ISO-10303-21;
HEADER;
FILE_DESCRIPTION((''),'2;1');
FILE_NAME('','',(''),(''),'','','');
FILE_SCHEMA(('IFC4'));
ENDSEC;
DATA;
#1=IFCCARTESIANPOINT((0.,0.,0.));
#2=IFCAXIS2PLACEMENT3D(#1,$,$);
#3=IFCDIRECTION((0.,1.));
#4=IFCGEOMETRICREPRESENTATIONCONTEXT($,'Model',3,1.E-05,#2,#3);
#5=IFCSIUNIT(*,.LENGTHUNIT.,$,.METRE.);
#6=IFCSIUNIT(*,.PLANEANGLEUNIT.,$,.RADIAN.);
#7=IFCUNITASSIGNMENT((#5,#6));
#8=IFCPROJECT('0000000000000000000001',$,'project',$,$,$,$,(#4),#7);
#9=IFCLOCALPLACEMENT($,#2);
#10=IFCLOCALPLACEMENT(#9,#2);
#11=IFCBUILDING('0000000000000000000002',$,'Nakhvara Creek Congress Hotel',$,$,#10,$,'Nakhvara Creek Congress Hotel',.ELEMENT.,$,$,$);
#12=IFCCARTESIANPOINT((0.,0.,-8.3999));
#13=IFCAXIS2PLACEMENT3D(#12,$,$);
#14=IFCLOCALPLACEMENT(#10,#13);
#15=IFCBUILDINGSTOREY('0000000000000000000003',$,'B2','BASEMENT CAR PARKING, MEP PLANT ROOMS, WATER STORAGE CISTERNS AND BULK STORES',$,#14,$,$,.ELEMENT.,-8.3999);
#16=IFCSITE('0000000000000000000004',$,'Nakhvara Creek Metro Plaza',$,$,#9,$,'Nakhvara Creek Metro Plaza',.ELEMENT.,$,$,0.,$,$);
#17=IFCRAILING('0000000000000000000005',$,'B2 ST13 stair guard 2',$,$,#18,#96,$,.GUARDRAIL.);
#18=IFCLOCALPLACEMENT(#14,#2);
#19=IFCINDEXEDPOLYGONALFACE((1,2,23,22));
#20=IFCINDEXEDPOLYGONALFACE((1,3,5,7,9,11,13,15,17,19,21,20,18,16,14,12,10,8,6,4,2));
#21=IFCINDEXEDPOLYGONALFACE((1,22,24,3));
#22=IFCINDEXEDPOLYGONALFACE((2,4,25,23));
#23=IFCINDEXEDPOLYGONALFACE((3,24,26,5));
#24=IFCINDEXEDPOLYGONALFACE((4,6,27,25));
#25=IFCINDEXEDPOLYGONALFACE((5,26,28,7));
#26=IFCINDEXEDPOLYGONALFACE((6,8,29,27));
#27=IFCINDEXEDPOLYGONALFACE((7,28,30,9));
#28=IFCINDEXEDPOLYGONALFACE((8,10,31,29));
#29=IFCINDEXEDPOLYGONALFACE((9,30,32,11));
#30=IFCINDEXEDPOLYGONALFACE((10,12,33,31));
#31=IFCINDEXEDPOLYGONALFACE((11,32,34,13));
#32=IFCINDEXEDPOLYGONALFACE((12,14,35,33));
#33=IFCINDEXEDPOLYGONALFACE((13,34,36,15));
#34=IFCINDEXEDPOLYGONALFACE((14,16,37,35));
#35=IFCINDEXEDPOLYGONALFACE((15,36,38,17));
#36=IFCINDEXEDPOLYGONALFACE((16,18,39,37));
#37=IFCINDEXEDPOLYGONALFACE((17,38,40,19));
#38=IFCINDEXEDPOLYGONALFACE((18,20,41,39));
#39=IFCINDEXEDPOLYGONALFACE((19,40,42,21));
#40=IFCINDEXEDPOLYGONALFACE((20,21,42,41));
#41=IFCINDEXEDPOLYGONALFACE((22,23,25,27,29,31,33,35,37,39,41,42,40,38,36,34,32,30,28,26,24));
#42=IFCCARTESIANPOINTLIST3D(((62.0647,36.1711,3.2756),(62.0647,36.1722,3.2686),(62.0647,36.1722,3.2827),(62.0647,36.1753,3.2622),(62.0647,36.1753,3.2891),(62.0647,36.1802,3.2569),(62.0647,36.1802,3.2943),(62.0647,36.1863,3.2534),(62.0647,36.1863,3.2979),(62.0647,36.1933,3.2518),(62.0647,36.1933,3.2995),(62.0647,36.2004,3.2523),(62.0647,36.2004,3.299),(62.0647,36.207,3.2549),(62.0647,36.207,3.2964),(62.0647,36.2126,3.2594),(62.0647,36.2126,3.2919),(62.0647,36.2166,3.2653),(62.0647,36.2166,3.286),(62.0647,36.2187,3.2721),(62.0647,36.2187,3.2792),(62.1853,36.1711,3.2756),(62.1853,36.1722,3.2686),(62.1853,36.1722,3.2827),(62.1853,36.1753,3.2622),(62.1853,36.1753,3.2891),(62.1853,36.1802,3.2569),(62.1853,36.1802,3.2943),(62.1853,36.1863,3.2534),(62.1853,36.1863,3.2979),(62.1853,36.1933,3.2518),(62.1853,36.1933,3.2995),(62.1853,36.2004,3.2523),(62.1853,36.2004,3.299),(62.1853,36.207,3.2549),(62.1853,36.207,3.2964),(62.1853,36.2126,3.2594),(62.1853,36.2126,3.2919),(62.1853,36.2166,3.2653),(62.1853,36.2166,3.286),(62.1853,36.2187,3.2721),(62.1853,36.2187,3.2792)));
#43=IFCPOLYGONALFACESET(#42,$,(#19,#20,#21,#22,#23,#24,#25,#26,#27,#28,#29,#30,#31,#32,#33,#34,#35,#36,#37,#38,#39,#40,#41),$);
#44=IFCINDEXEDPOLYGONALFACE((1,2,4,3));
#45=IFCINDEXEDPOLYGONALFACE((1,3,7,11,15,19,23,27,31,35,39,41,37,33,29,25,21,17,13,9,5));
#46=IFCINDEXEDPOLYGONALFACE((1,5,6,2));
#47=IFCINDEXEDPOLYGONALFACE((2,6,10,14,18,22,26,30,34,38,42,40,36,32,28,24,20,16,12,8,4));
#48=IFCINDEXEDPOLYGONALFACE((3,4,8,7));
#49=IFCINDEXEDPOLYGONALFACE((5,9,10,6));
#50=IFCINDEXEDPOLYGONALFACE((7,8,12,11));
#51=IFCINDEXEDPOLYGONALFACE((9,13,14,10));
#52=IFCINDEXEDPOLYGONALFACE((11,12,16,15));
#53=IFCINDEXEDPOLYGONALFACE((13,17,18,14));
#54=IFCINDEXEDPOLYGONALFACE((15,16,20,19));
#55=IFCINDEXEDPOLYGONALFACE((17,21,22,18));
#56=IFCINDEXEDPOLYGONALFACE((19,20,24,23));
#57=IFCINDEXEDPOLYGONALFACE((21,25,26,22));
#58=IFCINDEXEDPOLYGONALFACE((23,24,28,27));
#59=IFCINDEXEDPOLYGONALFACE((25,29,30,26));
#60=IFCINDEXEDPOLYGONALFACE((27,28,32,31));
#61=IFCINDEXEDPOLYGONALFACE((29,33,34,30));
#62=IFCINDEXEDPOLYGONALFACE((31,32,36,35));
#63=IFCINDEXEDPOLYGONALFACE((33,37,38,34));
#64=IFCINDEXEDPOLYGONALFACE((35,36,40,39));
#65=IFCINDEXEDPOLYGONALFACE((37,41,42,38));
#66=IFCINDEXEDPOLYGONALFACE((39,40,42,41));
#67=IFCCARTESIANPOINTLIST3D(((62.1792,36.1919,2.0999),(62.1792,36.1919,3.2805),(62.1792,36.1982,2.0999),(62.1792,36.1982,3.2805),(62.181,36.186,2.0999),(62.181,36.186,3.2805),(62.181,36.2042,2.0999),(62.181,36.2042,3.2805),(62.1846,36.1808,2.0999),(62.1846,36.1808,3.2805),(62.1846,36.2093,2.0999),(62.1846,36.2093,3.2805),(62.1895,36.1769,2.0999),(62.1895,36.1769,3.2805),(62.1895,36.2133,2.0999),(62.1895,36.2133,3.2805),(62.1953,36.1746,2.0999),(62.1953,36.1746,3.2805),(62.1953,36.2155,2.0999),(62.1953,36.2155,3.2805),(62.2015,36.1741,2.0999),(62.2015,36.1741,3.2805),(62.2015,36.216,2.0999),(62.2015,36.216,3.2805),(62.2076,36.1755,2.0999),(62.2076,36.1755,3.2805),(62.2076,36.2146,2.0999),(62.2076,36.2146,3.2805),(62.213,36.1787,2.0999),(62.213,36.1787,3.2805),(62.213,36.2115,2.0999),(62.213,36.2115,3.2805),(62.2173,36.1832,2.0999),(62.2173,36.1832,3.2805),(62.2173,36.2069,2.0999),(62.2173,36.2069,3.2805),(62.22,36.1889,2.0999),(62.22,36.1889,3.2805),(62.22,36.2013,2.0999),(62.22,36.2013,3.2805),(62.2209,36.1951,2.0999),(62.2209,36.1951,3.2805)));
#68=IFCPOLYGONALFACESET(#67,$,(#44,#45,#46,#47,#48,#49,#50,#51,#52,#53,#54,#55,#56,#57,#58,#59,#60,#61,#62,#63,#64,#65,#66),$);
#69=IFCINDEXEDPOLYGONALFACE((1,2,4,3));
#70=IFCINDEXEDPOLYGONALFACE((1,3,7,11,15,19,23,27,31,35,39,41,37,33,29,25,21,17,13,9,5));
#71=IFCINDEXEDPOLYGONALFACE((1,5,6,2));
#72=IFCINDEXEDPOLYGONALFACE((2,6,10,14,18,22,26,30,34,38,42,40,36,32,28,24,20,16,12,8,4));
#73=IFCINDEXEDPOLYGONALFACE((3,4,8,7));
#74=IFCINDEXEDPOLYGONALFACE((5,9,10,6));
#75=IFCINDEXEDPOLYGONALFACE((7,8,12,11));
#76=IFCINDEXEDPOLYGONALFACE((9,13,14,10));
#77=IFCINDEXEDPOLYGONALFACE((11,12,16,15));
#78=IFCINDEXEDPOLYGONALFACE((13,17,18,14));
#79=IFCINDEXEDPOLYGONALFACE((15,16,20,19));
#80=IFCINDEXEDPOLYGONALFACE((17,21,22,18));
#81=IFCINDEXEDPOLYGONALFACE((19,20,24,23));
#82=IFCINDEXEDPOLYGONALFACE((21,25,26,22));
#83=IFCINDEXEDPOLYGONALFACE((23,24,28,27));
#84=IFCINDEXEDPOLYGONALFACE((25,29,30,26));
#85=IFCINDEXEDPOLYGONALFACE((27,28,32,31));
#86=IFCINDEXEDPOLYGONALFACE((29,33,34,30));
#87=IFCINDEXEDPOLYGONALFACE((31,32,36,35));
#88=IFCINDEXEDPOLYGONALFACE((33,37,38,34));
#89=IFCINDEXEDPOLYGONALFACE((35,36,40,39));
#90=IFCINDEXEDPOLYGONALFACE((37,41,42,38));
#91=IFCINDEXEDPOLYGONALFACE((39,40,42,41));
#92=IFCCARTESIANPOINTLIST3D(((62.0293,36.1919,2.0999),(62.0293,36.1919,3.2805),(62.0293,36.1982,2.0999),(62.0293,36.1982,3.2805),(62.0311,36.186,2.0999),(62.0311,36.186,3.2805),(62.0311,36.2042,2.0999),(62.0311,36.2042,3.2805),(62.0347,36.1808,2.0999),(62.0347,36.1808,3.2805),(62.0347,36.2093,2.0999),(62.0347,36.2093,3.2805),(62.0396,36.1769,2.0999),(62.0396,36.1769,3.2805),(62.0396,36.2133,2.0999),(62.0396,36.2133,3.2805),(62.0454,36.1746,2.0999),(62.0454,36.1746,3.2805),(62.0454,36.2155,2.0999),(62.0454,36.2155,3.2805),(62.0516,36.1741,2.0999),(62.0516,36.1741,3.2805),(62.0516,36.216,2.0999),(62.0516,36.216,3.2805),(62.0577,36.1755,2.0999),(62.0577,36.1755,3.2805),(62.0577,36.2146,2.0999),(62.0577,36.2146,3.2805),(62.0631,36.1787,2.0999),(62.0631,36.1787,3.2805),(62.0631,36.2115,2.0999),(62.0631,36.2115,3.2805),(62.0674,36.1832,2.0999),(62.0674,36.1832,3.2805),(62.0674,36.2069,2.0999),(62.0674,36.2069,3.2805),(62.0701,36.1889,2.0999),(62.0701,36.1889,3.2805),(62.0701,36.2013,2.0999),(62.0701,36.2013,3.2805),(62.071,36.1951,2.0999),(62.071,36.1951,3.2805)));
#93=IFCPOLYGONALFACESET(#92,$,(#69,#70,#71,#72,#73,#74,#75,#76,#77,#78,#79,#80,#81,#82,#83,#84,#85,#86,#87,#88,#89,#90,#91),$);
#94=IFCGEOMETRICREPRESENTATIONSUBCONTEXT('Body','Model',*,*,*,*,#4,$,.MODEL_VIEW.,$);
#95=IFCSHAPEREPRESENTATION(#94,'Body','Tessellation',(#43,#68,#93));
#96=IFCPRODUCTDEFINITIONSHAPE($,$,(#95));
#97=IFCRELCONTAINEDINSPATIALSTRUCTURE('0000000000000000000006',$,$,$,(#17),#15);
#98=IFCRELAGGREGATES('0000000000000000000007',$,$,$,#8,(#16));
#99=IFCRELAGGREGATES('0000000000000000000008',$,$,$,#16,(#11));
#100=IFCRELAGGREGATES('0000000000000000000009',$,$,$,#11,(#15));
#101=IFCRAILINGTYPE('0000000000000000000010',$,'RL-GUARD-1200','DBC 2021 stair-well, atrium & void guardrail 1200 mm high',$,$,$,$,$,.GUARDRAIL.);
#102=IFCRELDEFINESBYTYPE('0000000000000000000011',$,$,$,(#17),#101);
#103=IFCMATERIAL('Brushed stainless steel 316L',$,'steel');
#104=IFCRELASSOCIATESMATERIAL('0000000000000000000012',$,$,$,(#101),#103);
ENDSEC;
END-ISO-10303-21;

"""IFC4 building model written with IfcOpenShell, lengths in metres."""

from ifc_helpers import new_model, si_unit, direction, frame, origin, origin_2d, place, context, subcontext, project, spatial, circle, extrude, material, type_object, element, save


model = new_model("IFC4")

# Units and contexts
model_context = context("Model", 3, precision=1e-05, world=origin(), true_north=direction((0.0, 1.0)))
body_context = subcontext(model_context, "Body", "Model", "MODEL_VIEW")
ifc_project = project(units=[si_unit("LENGTHUNIT", "METRE"), si_unit("PLANEANGLEUNIT", "RADIAN")], contexts=[model_context])

# Site, building, storey
site_placement = place(None, origin())
site = spatial("IfcSite", under=ifc_project, at=site_placement, Name="Nakhvara Creek Metro Plaza", LongName="Nakhvara Creek Metro Plaza", CompositionType="ELEMENT", RefElevation=0.0)
building_placement = place(site_placement, origin())
building = spatial("IfcBuilding", under=site, at=building_placement, Name="Nakhvara Creek Congress Hotel", LongName="Nakhvara Creek Congress Hotel", CompositionType="ELEMENT")
storey_placement = place(building_placement, frame((0.0, 0.0, -8.3999)))
storey = spatial("IfcBuildingStorey", under=building, at=storey_placement, Name="B2", Description="BASEMENT CAR PARKING, MEP PLANT ROOMS, WATER STORAGE CISTERNS AND BULK STORES", CompositionType="ELEMENT", Elevation=-8.3999)

# Railing
ifc_material_1 = material(Name="Brushed stainless steel 316L", Category="steel")
railing_type_1 = type_object("IfcRailingType", Name="RL-GUARD-1200", Description="DBC 2021 stair-well, atrium & void guardrail 1200 mm high", PredefinedType="GUARDRAIL", material=ifc_material_1)
railing_1_placement = place(storey_placement, frame((62.2, 36.1951, 2.0999)))
element("IfcRailing", 1, at=railing_1_placement, inside=storey, type_object=railing_type_1, Name="B2 ST13 stair guard 2", PredefinedType="GUARDRAIL", context=body_context, shape_type="SweptSolid", body=[
    extrude(circle(Radius=0.0239, at=origin_2d()), frame((-0.0146, 0.0, 1.1758), z_axis=(-1.0, 0.0, 0.0), x_axis=(0.0, -1.0, 0.0)), (0.0, 0.0, 1.0), 0.1206),
    extrude(circle(Radius=0.021, at=origin_2d()), origin(), (0.0, 0.0, 1.0), 1.1807),
    extrude(circle(Radius=0.021, at=origin_2d()), frame((-0.1499, 0.0, 0.0)), (0.0, 0.0, 1.0), 1.1807),
])

save(model, "model.ifc")
